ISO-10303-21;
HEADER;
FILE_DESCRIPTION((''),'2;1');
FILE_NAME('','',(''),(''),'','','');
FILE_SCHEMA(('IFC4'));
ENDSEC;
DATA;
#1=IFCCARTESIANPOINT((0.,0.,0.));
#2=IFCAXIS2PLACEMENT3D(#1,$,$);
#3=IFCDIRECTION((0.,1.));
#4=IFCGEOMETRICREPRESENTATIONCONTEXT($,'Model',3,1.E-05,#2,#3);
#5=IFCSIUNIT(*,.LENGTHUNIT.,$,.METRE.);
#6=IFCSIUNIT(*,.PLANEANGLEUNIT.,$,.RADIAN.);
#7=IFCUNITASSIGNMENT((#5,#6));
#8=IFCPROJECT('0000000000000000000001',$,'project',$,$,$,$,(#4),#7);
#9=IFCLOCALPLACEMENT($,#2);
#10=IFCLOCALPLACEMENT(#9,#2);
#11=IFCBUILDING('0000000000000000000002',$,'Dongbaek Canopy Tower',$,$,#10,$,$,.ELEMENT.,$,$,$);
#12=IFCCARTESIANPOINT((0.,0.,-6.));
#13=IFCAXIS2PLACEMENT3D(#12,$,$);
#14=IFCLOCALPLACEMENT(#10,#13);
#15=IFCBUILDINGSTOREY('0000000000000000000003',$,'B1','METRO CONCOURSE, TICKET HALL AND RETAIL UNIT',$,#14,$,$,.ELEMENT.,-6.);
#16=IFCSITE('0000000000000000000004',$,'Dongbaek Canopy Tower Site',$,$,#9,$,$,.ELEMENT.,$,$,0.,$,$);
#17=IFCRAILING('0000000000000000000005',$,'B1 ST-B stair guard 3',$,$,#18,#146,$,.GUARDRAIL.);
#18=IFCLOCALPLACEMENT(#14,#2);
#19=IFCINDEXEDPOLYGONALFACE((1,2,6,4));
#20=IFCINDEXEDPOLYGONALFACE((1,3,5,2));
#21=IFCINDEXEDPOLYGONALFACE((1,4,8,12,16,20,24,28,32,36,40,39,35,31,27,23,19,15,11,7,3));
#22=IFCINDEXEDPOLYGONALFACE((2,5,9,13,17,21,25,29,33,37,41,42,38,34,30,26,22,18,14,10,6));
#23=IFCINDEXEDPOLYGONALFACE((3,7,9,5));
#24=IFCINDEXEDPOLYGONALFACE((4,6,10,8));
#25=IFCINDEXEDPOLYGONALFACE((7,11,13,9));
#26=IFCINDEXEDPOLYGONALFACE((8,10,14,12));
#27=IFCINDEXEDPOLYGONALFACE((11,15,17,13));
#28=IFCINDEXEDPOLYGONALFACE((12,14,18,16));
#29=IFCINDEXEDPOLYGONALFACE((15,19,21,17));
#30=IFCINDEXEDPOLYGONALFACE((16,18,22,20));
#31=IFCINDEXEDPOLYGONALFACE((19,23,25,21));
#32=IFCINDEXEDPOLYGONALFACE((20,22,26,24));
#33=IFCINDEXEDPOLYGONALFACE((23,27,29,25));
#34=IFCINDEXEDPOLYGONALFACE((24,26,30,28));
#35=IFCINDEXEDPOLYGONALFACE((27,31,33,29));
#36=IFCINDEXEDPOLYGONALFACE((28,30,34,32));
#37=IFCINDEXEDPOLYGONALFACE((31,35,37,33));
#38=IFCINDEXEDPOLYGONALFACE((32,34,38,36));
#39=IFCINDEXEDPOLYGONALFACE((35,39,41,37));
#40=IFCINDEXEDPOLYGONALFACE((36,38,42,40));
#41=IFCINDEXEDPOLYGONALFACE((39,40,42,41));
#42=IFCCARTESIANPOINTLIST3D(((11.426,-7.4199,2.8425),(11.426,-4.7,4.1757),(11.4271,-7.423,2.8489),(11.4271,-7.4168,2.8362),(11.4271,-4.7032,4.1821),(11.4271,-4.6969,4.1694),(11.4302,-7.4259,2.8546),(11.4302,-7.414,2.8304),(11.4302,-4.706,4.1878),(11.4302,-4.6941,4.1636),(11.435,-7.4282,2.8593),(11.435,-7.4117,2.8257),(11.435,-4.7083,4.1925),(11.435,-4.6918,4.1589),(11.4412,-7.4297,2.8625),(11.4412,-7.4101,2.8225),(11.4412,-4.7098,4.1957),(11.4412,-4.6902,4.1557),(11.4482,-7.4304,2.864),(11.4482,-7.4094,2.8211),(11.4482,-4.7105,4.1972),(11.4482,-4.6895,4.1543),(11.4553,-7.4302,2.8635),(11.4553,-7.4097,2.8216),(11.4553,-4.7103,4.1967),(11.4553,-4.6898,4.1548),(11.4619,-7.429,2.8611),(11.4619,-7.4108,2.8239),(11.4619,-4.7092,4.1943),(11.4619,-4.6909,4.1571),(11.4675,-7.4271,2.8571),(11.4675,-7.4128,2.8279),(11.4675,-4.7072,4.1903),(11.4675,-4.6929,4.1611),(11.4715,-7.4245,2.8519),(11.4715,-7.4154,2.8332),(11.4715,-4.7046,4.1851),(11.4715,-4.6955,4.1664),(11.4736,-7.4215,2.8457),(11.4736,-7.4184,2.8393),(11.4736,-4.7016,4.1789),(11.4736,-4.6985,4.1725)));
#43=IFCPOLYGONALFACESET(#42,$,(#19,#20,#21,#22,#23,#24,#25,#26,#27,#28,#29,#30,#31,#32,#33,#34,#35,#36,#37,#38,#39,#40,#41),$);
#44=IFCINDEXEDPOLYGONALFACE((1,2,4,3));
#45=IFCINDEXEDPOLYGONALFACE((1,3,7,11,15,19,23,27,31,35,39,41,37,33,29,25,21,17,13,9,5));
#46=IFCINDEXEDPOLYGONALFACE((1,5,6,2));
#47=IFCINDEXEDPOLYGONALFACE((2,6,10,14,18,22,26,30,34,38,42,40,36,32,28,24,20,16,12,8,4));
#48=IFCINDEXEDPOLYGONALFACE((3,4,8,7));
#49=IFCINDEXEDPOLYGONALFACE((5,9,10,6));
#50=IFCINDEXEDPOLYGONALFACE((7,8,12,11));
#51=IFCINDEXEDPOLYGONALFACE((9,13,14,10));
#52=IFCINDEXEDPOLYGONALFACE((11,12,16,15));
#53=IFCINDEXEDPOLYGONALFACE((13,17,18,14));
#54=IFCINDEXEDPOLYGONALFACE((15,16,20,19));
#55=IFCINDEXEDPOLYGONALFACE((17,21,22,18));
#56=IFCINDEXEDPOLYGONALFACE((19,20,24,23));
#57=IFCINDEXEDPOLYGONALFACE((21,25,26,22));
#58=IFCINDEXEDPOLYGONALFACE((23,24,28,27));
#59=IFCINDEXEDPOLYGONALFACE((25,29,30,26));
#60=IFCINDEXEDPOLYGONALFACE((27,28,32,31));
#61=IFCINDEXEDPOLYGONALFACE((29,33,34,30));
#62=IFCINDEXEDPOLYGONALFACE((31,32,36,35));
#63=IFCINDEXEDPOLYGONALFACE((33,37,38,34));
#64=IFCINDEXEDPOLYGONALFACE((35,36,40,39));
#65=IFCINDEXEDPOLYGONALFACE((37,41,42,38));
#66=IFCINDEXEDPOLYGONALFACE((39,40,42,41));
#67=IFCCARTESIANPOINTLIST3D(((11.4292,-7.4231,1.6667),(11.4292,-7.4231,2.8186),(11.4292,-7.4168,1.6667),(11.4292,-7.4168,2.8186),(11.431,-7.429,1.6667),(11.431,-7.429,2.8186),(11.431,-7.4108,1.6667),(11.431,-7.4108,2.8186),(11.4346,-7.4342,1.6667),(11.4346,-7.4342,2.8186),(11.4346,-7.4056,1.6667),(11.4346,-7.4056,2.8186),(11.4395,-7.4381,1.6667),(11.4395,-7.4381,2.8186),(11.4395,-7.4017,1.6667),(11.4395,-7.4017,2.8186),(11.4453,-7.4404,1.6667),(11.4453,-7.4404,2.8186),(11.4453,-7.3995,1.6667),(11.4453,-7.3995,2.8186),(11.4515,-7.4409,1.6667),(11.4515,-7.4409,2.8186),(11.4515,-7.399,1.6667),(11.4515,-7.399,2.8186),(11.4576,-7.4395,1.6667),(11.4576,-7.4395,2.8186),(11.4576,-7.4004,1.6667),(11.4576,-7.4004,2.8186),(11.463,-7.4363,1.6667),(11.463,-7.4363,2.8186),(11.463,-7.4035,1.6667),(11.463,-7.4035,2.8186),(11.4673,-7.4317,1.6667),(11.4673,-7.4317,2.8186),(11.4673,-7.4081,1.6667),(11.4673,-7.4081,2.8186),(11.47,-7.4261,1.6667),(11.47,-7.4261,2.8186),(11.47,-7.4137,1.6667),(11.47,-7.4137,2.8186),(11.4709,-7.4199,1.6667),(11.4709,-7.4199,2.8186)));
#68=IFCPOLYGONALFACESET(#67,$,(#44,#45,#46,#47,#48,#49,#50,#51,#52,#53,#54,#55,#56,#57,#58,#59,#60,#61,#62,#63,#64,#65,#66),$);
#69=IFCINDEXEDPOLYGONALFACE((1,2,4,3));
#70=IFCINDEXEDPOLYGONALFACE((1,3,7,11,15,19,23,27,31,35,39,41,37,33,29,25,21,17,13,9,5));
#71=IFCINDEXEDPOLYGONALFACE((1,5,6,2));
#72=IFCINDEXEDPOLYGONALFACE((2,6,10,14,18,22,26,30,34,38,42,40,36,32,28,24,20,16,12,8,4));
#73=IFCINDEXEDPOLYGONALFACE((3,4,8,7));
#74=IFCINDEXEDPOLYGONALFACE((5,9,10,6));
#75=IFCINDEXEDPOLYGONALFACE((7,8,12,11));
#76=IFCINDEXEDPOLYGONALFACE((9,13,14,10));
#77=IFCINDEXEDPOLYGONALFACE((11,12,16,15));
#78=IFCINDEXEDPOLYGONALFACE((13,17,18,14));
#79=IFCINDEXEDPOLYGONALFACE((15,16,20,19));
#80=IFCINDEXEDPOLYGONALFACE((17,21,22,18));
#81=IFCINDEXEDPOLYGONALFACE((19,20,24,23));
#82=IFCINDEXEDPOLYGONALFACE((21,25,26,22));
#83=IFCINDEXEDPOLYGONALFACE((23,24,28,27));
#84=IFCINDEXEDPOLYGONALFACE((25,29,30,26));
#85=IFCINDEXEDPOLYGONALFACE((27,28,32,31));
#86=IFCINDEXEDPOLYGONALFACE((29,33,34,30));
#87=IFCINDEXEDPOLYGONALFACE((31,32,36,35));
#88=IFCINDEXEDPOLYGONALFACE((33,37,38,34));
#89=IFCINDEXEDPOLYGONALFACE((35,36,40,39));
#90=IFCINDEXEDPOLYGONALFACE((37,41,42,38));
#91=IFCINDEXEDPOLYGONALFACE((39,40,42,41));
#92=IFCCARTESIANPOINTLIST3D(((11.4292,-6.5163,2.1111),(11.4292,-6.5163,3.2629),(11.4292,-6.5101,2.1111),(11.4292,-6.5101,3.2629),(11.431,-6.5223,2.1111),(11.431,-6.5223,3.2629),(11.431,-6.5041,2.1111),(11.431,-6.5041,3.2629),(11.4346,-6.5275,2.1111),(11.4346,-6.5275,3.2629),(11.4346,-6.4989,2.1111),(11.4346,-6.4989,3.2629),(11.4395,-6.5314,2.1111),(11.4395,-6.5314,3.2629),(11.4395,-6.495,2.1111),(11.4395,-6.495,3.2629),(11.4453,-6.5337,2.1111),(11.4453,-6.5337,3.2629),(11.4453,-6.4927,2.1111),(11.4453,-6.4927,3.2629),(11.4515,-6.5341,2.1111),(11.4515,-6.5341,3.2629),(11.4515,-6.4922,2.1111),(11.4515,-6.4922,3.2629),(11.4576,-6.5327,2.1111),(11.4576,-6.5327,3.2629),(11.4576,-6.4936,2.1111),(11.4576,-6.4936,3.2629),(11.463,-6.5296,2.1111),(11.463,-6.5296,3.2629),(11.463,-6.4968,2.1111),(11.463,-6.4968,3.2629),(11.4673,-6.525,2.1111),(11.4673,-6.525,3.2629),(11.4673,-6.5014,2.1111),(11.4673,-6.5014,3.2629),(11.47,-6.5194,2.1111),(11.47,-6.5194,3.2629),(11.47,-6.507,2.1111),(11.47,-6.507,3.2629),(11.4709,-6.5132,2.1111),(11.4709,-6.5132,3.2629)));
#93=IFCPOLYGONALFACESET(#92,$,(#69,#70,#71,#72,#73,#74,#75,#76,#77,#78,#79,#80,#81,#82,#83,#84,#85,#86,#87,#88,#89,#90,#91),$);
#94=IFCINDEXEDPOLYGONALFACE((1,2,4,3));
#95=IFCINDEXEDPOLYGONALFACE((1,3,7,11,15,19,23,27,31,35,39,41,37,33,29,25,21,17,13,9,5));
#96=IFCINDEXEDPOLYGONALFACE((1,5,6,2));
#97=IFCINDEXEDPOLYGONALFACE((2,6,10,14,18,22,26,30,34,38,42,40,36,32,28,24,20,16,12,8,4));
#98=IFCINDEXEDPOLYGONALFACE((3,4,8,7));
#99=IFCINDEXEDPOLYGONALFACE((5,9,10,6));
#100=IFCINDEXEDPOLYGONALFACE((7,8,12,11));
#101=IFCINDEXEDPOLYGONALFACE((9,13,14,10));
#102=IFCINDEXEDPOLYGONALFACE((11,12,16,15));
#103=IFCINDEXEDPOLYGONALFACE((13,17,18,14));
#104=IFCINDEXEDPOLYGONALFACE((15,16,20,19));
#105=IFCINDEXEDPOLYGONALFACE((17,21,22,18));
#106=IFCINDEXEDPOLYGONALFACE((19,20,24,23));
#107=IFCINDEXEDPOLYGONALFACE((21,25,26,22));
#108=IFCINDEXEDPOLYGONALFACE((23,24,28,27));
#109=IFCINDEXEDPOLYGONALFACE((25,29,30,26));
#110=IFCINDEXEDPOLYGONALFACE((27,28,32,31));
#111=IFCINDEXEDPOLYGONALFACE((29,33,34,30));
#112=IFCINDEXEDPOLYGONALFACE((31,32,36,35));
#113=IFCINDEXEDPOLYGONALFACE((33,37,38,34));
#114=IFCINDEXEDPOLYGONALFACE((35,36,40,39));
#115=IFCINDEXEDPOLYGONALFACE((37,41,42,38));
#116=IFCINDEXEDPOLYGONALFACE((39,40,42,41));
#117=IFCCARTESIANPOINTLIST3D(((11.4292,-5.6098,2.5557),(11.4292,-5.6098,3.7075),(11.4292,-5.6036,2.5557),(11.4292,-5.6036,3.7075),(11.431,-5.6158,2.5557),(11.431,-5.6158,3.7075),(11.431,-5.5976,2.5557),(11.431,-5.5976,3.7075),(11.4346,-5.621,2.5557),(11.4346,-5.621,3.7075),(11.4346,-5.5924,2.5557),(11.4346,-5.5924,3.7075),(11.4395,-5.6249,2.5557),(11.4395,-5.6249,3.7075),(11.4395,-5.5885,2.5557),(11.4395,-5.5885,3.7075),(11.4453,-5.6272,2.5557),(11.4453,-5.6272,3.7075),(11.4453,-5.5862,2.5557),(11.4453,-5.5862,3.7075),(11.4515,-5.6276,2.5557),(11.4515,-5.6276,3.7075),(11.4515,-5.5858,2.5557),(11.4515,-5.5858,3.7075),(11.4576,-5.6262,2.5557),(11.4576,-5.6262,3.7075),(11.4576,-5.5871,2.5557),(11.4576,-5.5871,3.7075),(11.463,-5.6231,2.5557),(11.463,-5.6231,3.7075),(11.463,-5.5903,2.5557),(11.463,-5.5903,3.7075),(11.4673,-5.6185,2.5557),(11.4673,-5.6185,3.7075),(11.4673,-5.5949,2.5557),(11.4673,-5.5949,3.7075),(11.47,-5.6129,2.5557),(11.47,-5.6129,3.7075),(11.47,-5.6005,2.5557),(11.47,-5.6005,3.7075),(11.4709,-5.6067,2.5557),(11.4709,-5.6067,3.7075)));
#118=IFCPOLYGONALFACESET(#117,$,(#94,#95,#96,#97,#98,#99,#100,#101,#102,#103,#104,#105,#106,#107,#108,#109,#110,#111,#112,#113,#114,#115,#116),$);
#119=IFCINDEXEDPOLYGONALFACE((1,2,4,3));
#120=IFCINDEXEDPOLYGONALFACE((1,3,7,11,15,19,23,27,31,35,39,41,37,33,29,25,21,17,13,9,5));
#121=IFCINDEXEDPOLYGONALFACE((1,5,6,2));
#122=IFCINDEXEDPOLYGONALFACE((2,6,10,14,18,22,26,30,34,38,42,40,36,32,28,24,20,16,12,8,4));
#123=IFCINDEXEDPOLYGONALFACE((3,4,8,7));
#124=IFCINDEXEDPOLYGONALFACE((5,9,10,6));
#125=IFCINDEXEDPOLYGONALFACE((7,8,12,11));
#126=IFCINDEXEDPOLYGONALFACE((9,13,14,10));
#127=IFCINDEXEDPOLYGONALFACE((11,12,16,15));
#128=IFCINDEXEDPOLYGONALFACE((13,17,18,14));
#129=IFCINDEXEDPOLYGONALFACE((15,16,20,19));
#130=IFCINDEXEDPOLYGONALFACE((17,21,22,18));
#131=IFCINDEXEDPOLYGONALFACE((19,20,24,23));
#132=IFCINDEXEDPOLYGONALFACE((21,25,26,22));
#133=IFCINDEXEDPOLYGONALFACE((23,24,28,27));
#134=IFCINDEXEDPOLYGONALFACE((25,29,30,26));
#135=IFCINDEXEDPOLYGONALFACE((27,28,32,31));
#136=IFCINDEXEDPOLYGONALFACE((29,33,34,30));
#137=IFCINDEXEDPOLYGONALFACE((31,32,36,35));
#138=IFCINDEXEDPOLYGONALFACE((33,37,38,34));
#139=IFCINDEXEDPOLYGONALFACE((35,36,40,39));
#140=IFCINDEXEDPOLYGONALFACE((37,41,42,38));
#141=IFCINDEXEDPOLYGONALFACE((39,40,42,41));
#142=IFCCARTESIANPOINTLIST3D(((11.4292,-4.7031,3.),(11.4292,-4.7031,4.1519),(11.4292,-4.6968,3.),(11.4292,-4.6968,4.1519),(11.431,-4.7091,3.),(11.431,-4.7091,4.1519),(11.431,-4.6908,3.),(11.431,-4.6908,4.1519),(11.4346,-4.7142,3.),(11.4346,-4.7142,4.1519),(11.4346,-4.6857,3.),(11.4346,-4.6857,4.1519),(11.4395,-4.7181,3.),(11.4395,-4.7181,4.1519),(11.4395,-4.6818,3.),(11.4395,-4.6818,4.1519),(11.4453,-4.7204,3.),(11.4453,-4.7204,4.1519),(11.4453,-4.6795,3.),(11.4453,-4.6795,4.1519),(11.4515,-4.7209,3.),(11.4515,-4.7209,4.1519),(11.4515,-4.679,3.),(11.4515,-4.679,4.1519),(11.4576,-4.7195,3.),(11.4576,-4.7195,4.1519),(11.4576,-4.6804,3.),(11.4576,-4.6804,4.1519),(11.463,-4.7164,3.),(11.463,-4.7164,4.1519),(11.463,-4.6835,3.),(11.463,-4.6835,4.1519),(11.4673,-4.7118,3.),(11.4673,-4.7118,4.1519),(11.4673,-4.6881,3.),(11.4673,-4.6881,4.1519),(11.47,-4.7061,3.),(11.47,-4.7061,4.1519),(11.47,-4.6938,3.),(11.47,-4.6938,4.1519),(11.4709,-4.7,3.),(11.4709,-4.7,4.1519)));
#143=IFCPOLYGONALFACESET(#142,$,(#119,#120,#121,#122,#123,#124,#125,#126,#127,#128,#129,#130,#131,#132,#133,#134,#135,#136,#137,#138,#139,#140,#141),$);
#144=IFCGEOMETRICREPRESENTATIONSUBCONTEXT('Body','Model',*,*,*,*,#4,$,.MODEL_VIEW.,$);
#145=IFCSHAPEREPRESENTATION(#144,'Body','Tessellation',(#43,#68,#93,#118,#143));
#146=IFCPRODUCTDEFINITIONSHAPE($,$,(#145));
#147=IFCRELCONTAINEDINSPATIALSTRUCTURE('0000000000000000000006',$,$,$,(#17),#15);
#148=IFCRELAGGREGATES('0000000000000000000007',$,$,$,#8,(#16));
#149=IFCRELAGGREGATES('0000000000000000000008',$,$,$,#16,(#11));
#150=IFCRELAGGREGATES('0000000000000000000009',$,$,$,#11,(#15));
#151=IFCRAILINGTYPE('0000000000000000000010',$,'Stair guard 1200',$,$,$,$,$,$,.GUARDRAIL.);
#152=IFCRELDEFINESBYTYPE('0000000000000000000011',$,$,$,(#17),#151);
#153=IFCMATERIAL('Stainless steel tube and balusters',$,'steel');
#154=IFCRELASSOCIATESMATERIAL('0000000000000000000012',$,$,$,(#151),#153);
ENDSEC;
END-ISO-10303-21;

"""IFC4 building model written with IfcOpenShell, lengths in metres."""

from ifc_helpers import new_model, si_unit, direction, frame, origin, origin_2d, place, context, subcontext, project, spatial, circle, extrude, material, type_object, element, save


model = new_model("IFC4")

# Units and contexts
model_context = context("Model", 3, precision=1e-05, world=origin(), true_north=direction((0.0, 1.0)))
body_context = subcontext(model_context, "Body", "Model", "MODEL_VIEW")
ifc_project = project(units=[si_unit("LENGTHUNIT", "METRE"), si_unit("PLANEANGLEUNIT", "RADIAN")], contexts=[model_context])

# Site, building, storey
site_placement = place(None, origin())
site = spatial("IfcSite", under=ifc_project, at=site_placement, Name="Dongbaek Canopy Tower Site", CompositionType="ELEMENT", RefElevation=0.0)
building_placement = place(site_placement, origin())
building = spatial("IfcBuilding", under=site, at=building_placement, Name="Dongbaek Canopy Tower", CompositionType="ELEMENT")
storey_placement = place(building_placement, frame((0.0, 0.0, -6.0)))
storey = spatial("IfcBuildingStorey", under=building, at=storey_placement, Name="B1", Description="METRO CONCOURSE, TICKET HALL AND RETAIL UNIT", CompositionType="ELEMENT", Elevation=-6.0)

# Railing
ifc_material_1 = material(Name="Stainless steel tube and balusters", Category="steel")
railing_type_1 = type_object("IfcRailingType", Name="Stair guard 1200", PredefinedType="GUARDRAIL", material=ifc_material_1)
for number, where, name in (
    (1, (11.45, -7.4199, 1.6667), "B1 ST-B stair guard 3"),
):
    element("IfcRailing", number, at=place(storey_placement, frame(where)), inside=storey, type_object=railing_type_1, Name=name, PredefinedType="GUARDRAIL", context=body_context, shape_type="SweptSolid", body=[
        extrude(circle(Radius=0.0239, at=origin_2d()), frame((0.0, 0.0, 1.1758), z_axis=(0.0, 0.897929, 0.440139), x_axis=(-1.0, 0.0, 0.0)), (0.0, 0.0, 1.0), 3.0291),
        extrude(circle(Radius=0.021, at=origin_2d()), origin(), (0.0, 0.0, 1.0), 1.1519),
        extrude(circle(Radius=0.021, at=origin_2d()), frame((0.0, 0.9067, 0.4443)), (0.0, 0.0, 1.0), 1.1519),
        extrude(circle(Radius=0.021, at=origin_2d()), frame((0.0, 1.8132, 0.8889)), (0.0, 0.0, 1.0), 1.1519),
        extrude(circle(Radius=0.021, at=origin_2d()), frame((0.0, 2.72, 1.3333)), (0.0, 0.0, 1.0), 1.1519),
    ])

save(model, "model.ifc")
